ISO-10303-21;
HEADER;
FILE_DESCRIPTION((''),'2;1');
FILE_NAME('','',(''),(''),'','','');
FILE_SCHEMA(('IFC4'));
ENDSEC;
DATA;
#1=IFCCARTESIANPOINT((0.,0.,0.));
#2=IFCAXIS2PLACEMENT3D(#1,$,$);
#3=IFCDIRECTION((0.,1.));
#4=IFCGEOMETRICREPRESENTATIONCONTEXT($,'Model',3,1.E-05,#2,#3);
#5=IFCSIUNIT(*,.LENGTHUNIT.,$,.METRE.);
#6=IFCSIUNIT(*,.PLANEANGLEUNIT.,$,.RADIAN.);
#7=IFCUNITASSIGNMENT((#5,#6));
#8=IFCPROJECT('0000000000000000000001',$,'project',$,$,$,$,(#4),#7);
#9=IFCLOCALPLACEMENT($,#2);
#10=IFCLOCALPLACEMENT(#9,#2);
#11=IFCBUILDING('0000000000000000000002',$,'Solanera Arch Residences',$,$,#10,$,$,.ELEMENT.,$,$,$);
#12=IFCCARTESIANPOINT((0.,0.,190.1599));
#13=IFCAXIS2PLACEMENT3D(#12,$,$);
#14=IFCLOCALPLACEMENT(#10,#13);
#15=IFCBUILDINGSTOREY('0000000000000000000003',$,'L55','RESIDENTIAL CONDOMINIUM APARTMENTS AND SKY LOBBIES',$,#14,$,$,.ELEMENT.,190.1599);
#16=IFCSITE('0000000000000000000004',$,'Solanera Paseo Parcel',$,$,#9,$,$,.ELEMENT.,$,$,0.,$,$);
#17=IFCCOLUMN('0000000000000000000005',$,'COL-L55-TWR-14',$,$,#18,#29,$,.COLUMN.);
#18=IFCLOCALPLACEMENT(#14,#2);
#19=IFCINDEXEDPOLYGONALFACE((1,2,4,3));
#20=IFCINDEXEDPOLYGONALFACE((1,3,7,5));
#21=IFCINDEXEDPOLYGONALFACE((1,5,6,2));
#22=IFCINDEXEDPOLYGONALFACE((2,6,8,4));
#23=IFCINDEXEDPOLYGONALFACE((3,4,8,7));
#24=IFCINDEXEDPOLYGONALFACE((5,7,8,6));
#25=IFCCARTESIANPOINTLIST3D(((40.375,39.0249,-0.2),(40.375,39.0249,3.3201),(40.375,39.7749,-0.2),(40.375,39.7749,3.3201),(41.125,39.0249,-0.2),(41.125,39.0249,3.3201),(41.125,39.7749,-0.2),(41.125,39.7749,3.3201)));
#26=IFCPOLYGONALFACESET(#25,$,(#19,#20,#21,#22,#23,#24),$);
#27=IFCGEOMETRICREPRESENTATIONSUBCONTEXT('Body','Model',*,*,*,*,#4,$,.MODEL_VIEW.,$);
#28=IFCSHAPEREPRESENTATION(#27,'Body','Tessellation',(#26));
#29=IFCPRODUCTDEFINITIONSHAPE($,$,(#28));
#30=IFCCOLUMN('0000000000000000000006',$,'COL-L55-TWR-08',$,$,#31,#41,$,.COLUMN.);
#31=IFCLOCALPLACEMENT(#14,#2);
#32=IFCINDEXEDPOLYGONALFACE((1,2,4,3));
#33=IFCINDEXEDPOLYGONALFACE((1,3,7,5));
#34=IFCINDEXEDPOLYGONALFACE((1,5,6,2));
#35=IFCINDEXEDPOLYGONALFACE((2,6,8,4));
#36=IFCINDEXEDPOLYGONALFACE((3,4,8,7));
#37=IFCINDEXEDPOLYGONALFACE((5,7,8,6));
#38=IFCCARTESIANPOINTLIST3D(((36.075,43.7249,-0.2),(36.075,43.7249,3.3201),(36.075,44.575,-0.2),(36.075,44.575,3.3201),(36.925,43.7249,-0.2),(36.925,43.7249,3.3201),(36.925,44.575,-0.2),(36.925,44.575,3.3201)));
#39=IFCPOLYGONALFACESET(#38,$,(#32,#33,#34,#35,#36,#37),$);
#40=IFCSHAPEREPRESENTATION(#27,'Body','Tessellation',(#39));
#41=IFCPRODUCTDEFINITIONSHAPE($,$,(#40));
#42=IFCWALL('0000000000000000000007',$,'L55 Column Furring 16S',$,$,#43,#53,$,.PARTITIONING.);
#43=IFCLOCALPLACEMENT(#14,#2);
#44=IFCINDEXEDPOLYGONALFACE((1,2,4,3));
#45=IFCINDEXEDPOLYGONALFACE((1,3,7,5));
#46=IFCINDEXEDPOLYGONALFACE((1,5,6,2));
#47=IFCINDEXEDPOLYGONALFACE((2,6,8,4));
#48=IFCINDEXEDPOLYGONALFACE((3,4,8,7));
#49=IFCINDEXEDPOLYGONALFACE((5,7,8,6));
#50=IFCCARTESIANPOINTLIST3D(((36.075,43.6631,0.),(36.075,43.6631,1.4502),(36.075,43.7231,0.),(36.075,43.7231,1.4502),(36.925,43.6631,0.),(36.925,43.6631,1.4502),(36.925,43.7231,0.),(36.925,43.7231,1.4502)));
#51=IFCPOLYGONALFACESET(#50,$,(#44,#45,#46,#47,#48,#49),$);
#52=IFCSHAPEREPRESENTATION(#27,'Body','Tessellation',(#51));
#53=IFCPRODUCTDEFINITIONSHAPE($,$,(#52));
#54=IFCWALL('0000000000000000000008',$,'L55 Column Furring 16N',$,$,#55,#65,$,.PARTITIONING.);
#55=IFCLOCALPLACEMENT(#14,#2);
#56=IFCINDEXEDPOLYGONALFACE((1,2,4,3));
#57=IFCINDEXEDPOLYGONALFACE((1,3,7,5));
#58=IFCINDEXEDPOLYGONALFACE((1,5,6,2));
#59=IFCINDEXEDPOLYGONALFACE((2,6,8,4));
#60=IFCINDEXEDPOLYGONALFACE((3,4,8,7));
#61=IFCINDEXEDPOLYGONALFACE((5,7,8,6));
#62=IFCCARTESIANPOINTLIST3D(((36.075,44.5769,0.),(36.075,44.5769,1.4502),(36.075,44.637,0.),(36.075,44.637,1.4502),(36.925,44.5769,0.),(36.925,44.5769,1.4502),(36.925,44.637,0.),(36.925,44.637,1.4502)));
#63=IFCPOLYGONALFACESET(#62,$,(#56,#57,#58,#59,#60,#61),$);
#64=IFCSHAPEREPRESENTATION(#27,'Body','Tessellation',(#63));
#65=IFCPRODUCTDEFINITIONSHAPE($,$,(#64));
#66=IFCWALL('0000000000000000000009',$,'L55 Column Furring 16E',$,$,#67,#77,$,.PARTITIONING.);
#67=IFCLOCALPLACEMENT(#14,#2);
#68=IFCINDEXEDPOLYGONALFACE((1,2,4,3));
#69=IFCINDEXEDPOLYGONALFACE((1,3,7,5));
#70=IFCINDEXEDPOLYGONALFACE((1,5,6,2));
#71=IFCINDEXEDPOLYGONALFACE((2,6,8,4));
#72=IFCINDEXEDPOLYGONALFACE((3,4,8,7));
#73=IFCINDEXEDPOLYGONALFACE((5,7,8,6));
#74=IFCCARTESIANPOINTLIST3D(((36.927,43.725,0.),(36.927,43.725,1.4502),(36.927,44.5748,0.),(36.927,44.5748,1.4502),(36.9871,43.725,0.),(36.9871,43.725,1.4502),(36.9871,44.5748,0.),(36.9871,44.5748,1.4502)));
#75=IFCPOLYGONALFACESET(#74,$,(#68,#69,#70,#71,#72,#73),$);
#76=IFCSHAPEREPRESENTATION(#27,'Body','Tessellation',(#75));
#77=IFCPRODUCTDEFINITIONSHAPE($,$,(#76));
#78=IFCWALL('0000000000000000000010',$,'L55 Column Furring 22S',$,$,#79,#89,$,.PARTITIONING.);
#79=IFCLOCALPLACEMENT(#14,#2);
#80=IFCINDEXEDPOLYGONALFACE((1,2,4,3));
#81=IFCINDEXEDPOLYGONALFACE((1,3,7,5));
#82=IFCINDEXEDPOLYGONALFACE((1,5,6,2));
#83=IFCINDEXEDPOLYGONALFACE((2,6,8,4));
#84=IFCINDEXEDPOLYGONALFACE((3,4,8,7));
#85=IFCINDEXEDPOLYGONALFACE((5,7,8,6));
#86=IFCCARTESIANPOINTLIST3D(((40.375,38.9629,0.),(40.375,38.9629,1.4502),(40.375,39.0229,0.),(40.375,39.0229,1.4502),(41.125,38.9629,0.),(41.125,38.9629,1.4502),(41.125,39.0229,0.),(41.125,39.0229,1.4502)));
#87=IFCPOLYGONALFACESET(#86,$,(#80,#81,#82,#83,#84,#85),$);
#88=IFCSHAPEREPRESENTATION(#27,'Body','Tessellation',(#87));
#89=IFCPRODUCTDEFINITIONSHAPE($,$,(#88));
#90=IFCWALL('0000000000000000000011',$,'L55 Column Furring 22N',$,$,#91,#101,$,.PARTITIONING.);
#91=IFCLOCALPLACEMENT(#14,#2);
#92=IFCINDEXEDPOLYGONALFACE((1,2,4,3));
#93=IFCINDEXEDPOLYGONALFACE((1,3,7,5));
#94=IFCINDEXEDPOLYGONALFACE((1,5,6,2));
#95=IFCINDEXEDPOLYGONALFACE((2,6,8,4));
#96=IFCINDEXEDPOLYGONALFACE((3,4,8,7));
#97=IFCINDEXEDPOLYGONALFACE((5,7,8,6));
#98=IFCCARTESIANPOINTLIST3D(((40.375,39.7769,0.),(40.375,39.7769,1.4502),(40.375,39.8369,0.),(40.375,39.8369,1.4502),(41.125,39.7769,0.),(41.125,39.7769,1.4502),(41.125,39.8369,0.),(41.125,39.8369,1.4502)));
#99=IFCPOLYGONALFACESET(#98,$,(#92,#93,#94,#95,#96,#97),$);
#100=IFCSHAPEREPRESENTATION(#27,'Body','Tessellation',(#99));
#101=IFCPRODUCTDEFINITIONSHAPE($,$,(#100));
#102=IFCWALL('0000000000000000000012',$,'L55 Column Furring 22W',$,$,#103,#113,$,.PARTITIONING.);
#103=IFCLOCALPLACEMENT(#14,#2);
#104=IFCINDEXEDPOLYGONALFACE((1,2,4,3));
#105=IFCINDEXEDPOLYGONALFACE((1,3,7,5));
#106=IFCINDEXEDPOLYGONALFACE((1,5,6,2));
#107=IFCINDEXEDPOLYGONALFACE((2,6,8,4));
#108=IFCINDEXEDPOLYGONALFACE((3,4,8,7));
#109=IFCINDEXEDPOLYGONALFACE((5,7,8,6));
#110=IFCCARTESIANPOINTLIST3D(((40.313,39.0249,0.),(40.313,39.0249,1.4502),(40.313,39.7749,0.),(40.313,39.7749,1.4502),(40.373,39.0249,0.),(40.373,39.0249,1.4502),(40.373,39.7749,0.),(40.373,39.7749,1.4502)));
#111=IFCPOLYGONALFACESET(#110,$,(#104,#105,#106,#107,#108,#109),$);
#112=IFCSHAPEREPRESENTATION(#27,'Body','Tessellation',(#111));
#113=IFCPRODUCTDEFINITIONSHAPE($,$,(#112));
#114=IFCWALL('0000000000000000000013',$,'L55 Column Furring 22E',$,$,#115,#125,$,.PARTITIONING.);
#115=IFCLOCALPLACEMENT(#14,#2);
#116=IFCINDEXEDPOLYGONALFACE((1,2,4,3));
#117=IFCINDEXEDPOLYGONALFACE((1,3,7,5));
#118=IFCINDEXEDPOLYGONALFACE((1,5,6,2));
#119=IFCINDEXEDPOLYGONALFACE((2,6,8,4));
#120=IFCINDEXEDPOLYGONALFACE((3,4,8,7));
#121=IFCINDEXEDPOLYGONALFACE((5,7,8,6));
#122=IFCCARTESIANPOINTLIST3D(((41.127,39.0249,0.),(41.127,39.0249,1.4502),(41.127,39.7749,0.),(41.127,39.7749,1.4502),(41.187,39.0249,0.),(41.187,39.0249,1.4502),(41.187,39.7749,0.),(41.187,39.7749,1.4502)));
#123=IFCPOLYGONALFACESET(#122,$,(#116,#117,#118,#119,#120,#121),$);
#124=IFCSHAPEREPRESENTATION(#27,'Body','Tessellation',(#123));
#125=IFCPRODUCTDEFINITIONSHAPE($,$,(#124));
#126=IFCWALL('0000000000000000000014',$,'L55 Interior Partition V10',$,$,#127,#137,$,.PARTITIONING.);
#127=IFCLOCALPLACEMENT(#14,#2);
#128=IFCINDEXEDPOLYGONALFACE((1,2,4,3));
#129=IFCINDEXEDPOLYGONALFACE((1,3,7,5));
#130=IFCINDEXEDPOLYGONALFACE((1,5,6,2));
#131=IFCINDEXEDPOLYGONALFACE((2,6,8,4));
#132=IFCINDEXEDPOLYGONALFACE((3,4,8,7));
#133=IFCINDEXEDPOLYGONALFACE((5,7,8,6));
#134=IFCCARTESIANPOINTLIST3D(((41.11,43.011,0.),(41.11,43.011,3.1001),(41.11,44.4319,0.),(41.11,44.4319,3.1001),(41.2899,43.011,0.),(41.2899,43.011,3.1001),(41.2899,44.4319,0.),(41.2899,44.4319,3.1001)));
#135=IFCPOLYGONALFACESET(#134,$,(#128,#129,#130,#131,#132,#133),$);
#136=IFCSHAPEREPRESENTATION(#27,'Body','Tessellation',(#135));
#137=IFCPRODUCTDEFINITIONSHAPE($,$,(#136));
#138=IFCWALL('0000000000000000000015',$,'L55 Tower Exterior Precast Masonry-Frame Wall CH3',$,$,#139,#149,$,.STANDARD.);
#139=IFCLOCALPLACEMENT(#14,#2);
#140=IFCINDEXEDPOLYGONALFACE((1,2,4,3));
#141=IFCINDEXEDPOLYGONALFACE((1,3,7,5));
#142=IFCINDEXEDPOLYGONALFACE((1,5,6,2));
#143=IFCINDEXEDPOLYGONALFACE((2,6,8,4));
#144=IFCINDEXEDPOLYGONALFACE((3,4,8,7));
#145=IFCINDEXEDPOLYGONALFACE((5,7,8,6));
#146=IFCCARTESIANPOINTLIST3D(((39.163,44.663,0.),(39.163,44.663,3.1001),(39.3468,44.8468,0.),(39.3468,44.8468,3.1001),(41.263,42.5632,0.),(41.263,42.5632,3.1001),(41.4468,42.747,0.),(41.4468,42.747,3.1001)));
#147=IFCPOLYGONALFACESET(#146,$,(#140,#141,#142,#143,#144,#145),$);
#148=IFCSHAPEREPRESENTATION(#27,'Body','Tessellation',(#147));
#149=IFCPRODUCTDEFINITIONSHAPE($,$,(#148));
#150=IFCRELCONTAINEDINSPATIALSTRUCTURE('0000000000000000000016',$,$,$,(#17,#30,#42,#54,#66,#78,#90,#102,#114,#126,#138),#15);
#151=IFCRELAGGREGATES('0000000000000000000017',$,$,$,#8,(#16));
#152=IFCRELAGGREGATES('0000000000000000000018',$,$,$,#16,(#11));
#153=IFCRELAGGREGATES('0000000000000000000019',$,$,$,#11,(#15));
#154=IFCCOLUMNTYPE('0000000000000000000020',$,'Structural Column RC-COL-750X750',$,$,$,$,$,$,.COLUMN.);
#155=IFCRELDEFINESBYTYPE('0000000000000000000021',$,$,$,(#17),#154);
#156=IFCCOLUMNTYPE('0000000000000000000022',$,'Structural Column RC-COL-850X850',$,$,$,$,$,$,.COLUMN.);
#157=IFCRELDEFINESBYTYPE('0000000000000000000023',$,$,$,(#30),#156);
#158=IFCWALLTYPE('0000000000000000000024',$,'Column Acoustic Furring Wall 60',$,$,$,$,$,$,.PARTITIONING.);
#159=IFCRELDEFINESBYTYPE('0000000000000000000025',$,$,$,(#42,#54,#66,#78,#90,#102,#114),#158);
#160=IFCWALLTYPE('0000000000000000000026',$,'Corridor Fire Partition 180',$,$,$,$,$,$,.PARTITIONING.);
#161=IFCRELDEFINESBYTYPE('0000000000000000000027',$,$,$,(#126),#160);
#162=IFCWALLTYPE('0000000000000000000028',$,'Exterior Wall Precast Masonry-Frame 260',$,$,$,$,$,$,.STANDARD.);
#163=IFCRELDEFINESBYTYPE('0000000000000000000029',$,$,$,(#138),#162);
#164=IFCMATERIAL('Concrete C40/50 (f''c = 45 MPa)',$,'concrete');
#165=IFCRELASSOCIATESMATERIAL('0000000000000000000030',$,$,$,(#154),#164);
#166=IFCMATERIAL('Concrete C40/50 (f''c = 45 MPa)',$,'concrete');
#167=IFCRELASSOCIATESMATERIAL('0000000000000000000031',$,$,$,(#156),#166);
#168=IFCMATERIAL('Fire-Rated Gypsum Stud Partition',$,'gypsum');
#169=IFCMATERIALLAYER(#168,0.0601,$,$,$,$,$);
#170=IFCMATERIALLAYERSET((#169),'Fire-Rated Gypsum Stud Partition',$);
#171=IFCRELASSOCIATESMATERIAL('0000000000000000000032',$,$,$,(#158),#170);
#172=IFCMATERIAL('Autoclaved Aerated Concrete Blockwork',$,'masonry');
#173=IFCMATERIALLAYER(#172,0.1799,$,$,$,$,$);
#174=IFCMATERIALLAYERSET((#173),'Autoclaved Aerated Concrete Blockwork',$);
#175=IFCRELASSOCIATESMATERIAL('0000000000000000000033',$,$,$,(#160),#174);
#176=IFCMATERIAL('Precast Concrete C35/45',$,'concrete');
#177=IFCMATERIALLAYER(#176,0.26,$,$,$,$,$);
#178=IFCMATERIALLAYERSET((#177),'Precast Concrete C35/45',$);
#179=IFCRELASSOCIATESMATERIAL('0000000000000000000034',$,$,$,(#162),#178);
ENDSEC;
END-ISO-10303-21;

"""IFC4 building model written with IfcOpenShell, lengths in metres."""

from ifc_helpers import new_model, si_unit, direction, frame, frame_2d, origin, origin_2d, place, context, subcontext, project, spatial, rectangle, extrude, material, layer, layer_set, material_profile, profile_set, type_object, element, save


model = new_model("IFC4")

# Units and contexts
model_context = context("Model", 3, precision=1e-05, world=origin(), true_north=direction((0.0, 1.0)))
body_context = subcontext(model_context, "Body", "Model", "MODEL_VIEW")
ifc_project = project(units=[si_unit("LENGTHUNIT", "METRE"), si_unit("PLANEANGLEUNIT", "RADIAN")], contexts=[model_context])

# Site, building, storey
site_placement = place(None, origin())
site = spatial("IfcSite", under=ifc_project, at=site_placement, Name="Solanera Paseo Parcel", CompositionType="ELEMENT", RefElevation=0.0)
building_placement = place(site_placement, origin())
building = spatial("IfcBuilding", under=site, at=building_placement, Name="Solanera Arch Residences", CompositionType="ELEMENT")
storey_placement = place(building_placement, frame((0.0, 0.0, 190.1599)))
storey = spatial("IfcBuildingStorey", under=building, at=storey_placement, Name="L55", Description="RESIDENTIAL CONDOMINIUM APARTMENTS AND SKY LOBBIES", CompositionType="ELEMENT", Elevation=190.1599)

# Columns
ifc_material_1 = material(Name="Concrete C40/50 (f'c = 45 MPa)", Category="concrete")
ifc_material_profile_1 = material_profile(ifc_material_1, rectangle(XDim=0.75, YDim=0.75, at=origin_2d()))
ifc_profile_set_1 = profile_set([ifc_material_profile_1], Name="Concrete C40/50 (f'c = 45 MPa)")
column_type_1 = type_object("IfcColumnType", Name="Structural Column RC-COL-750X750", PredefinedType="COLUMN", material=ifc_profile_set_1)
column_1_placement = place(storey_placement, frame((40.75, 39.3999, -0.2), z_axis=(0.0, 0.0, 1.0), x_axis=(1.0, 0.0, 0.0)))
element("IfcColumn", 1, at=column_1_placement, inside=storey, type_object=column_type_1, Name="COL-L55-TWR-14", PredefinedType="COLUMN", context=body_context, shape_type="SweptSolid", body=[
    extrude(rectangle(XDim=0.75, YDim=0.75, at=origin_2d()), origin(), (0.0, 0.0, 1.0), 3.52),
])
ifc_material_2 = material(Name="Concrete C40/50 (f'c = 45 MPa)", Category="concrete")
ifc_material_profile_2 = material_profile(ifc_material_2, rectangle(XDim=0.8501, YDim=0.8501, at=origin_2d()))
ifc_profile_set_2 = profile_set([ifc_material_profile_2], Name="Concrete C40/50 (f'c = 45 MPa)")
column_type_2 = type_object("IfcColumnType", Name="Structural Column RC-COL-850X850", PredefinedType="COLUMN", material=ifc_profile_set_2)
column_2_placement = place(storey_placement, frame((36.5, 44.1499, -0.2), z_axis=(0.0, 0.0, 1.0), x_axis=(1.0, 0.0, 0.0)))
element("IfcColumn", 2, at=column_2_placement, inside=storey, type_object=column_type_2, Name="COL-L55-TWR-08", PredefinedType="COLUMN", context=body_context, shape_type="SweptSolid", body=[
    extrude(rectangle(XDim=0.8501, YDim=0.8501, at=origin_2d()), origin(), (0.0, 0.0, 1.0), 3.52),
])

# Walls
ifc_material_3 = material(Name="Fire-Rated Gypsum Stud Partition", Category="gypsum")
ifc_layer_1 = layer(ifc_material_3, 0.0601)
ifc_layer_set_1 = layer_set([ifc_layer_1], Name="Fire-Rated Gypsum Stud Partition")
wall_type_1 = type_object("IfcWallType", Name="Column Acoustic Furring Wall 60", PredefinedType="PARTITIONING", material=ifc_layer_set_1)
for number, where, z_axis, x_axis, name in (
    (3, (36.075, 43.6931, 0.0), (0.0, 0.0, 1.0), (1.0, 0.0, 0.0), "L55 Column Furring 16S"),
    (4, (36.075, 44.6069, 0.0), (0.0, 0.0, 1.0), (1.0, 0.0, 0.0), "L55 Column Furring 16N"),
):
    element("IfcWall", number, at=place(storey_placement, frame(where, z_axis=z_axis, x_axis=x_axis)), inside=storey, type_object=wall_type_1, Name=name, PredefinedType="PARTITIONING", context=body_context, shape_type="SweptSolid", body=[
        extrude(rectangle(XDim=0.8501, YDim=0.0601, at=frame_2d((0.425, 0.0))), origin(), (0.0, 0.0, 1.0), 1.4502),
    ])
wall_1_placement = place(storey_placement, frame((36.957, 43.7251, 0.0), z_axis=(0.0, 0.0, 1.0), x_axis=(0.0, 1.0, 0.0)))
element("IfcWall", 5, at=wall_1_placement, inside=storey, type_object=wall_type_1, Name="L55 Column Furring 16E", PredefinedType="PARTITIONING", context=body_context, shape_type="SweptSolid", body=[
    extrude(rectangle(XDim=0.8499, YDim=0.0601, at=frame_2d((0.4248, 0.0))), origin(), (0.0, 0.0, 1.0), 1.4502),
])
for number, where, z_axis, x_axis, name in (
    (6, (40.375, 38.9929, 0.0), (0.0, 0.0, 1.0), (1.0, 0.0, 0.0), "L55 Column Furring 22S"),
    (7, (40.375, 39.8069, 0.0), (0.0, 0.0, 1.0), (1.0, 0.0, 0.0), "L55 Column Furring 22N"),
    (8, (40.343, 39.0249, 0.0), (0.0, 0.0, 1.0), (0.0, 1.0, 0.0), "L55 Column Furring 22W"),
    (9, (41.157, 39.0249, 0.0), (0.0, 0.0, 1.0), (0.0, 1.0, 0.0), "L55 Column Furring 22E"),
):
    element("IfcWall", number, at=place(storey_placement, frame(where, z_axis=z_axis, x_axis=x_axis)), inside=storey, type_object=wall_type_1, Name=name, PredefinedType="PARTITIONING", context=body_context, shape_type="SweptSolid", body=[
        extrude(rectangle(XDim=0.75, YDim=0.0601, at=frame_2d((0.375, 0.0))), origin(), (0.0, 0.0, 1.0), 1.4502),
    ])
ifc_material_4 = material(Name="Autoclaved Aerated Concrete Blockwork", Category="masonry")
ifc_layer_2 = layer(ifc_material_4, 0.1799)
ifc_layer_set_2 = layer_set([ifc_layer_2], Name="Autoclaved Aerated Concrete Blockwork")
wall_type_2 = type_object("IfcWallType", Name="Corridor Fire Partition 180", PredefinedType="PARTITIONING", material=ifc_layer_set_2)
wall_2_placement = place(storey_placement, frame((41.2, 43.011, 0.0), z_axis=(0.0, 0.0, 1.0), x_axis=(0.0, 1.0, 0.0)))
element("IfcWall", 10, at=wall_2_placement, inside=storey, type_object=wall_type_2, Name="L55 Interior Partition V10", PredefinedType="PARTITIONING", context=body_context, shape_type="SweptSolid", body=[
    extrude(rectangle(XDim=1.4209, YDim=0.1799, at=frame_2d((0.7104, 0.0))), origin(), (0.0, 0.0, 1.0), 3.1001),
])
ifc_material_5 = material(Name="Precast Concrete C35/45", Category="concrete")
ifc_layer_3 = layer(ifc_material_5, 0.26)
ifc_layer_set_3 = layer_set([ifc_layer_3], Name="Precast Concrete C35/45")
wall_type_3 = type_object("IfcWallType", Name="Exterior Wall Precast Masonry-Frame 260", PredefinedType="STANDARD", material=ifc_layer_set_3)
wall_3_placement = place(storey_placement, frame((39.2549, 44.7549, 0.0), z_axis=(0.0, 0.0, 1.0), x_axis=(0.707148, -0.707066, 0.0)))
element("IfcWall", 11, at=wall_3_placement, inside=storey, type_object=wall_type_3, Name="L55 Tower Exterior Precast Masonry-Frame Wall CH3", PredefinedType="STANDARD", context=body_context, shape_type="SweptSolid", body=[
    extrude(rectangle(XDim=2.9697, YDim=0.26, at=frame_2d((1.4849, 0.0))), origin(), (0.0, 0.0, 1.0), 3.1001),
])

save(model, "model.ifc")
